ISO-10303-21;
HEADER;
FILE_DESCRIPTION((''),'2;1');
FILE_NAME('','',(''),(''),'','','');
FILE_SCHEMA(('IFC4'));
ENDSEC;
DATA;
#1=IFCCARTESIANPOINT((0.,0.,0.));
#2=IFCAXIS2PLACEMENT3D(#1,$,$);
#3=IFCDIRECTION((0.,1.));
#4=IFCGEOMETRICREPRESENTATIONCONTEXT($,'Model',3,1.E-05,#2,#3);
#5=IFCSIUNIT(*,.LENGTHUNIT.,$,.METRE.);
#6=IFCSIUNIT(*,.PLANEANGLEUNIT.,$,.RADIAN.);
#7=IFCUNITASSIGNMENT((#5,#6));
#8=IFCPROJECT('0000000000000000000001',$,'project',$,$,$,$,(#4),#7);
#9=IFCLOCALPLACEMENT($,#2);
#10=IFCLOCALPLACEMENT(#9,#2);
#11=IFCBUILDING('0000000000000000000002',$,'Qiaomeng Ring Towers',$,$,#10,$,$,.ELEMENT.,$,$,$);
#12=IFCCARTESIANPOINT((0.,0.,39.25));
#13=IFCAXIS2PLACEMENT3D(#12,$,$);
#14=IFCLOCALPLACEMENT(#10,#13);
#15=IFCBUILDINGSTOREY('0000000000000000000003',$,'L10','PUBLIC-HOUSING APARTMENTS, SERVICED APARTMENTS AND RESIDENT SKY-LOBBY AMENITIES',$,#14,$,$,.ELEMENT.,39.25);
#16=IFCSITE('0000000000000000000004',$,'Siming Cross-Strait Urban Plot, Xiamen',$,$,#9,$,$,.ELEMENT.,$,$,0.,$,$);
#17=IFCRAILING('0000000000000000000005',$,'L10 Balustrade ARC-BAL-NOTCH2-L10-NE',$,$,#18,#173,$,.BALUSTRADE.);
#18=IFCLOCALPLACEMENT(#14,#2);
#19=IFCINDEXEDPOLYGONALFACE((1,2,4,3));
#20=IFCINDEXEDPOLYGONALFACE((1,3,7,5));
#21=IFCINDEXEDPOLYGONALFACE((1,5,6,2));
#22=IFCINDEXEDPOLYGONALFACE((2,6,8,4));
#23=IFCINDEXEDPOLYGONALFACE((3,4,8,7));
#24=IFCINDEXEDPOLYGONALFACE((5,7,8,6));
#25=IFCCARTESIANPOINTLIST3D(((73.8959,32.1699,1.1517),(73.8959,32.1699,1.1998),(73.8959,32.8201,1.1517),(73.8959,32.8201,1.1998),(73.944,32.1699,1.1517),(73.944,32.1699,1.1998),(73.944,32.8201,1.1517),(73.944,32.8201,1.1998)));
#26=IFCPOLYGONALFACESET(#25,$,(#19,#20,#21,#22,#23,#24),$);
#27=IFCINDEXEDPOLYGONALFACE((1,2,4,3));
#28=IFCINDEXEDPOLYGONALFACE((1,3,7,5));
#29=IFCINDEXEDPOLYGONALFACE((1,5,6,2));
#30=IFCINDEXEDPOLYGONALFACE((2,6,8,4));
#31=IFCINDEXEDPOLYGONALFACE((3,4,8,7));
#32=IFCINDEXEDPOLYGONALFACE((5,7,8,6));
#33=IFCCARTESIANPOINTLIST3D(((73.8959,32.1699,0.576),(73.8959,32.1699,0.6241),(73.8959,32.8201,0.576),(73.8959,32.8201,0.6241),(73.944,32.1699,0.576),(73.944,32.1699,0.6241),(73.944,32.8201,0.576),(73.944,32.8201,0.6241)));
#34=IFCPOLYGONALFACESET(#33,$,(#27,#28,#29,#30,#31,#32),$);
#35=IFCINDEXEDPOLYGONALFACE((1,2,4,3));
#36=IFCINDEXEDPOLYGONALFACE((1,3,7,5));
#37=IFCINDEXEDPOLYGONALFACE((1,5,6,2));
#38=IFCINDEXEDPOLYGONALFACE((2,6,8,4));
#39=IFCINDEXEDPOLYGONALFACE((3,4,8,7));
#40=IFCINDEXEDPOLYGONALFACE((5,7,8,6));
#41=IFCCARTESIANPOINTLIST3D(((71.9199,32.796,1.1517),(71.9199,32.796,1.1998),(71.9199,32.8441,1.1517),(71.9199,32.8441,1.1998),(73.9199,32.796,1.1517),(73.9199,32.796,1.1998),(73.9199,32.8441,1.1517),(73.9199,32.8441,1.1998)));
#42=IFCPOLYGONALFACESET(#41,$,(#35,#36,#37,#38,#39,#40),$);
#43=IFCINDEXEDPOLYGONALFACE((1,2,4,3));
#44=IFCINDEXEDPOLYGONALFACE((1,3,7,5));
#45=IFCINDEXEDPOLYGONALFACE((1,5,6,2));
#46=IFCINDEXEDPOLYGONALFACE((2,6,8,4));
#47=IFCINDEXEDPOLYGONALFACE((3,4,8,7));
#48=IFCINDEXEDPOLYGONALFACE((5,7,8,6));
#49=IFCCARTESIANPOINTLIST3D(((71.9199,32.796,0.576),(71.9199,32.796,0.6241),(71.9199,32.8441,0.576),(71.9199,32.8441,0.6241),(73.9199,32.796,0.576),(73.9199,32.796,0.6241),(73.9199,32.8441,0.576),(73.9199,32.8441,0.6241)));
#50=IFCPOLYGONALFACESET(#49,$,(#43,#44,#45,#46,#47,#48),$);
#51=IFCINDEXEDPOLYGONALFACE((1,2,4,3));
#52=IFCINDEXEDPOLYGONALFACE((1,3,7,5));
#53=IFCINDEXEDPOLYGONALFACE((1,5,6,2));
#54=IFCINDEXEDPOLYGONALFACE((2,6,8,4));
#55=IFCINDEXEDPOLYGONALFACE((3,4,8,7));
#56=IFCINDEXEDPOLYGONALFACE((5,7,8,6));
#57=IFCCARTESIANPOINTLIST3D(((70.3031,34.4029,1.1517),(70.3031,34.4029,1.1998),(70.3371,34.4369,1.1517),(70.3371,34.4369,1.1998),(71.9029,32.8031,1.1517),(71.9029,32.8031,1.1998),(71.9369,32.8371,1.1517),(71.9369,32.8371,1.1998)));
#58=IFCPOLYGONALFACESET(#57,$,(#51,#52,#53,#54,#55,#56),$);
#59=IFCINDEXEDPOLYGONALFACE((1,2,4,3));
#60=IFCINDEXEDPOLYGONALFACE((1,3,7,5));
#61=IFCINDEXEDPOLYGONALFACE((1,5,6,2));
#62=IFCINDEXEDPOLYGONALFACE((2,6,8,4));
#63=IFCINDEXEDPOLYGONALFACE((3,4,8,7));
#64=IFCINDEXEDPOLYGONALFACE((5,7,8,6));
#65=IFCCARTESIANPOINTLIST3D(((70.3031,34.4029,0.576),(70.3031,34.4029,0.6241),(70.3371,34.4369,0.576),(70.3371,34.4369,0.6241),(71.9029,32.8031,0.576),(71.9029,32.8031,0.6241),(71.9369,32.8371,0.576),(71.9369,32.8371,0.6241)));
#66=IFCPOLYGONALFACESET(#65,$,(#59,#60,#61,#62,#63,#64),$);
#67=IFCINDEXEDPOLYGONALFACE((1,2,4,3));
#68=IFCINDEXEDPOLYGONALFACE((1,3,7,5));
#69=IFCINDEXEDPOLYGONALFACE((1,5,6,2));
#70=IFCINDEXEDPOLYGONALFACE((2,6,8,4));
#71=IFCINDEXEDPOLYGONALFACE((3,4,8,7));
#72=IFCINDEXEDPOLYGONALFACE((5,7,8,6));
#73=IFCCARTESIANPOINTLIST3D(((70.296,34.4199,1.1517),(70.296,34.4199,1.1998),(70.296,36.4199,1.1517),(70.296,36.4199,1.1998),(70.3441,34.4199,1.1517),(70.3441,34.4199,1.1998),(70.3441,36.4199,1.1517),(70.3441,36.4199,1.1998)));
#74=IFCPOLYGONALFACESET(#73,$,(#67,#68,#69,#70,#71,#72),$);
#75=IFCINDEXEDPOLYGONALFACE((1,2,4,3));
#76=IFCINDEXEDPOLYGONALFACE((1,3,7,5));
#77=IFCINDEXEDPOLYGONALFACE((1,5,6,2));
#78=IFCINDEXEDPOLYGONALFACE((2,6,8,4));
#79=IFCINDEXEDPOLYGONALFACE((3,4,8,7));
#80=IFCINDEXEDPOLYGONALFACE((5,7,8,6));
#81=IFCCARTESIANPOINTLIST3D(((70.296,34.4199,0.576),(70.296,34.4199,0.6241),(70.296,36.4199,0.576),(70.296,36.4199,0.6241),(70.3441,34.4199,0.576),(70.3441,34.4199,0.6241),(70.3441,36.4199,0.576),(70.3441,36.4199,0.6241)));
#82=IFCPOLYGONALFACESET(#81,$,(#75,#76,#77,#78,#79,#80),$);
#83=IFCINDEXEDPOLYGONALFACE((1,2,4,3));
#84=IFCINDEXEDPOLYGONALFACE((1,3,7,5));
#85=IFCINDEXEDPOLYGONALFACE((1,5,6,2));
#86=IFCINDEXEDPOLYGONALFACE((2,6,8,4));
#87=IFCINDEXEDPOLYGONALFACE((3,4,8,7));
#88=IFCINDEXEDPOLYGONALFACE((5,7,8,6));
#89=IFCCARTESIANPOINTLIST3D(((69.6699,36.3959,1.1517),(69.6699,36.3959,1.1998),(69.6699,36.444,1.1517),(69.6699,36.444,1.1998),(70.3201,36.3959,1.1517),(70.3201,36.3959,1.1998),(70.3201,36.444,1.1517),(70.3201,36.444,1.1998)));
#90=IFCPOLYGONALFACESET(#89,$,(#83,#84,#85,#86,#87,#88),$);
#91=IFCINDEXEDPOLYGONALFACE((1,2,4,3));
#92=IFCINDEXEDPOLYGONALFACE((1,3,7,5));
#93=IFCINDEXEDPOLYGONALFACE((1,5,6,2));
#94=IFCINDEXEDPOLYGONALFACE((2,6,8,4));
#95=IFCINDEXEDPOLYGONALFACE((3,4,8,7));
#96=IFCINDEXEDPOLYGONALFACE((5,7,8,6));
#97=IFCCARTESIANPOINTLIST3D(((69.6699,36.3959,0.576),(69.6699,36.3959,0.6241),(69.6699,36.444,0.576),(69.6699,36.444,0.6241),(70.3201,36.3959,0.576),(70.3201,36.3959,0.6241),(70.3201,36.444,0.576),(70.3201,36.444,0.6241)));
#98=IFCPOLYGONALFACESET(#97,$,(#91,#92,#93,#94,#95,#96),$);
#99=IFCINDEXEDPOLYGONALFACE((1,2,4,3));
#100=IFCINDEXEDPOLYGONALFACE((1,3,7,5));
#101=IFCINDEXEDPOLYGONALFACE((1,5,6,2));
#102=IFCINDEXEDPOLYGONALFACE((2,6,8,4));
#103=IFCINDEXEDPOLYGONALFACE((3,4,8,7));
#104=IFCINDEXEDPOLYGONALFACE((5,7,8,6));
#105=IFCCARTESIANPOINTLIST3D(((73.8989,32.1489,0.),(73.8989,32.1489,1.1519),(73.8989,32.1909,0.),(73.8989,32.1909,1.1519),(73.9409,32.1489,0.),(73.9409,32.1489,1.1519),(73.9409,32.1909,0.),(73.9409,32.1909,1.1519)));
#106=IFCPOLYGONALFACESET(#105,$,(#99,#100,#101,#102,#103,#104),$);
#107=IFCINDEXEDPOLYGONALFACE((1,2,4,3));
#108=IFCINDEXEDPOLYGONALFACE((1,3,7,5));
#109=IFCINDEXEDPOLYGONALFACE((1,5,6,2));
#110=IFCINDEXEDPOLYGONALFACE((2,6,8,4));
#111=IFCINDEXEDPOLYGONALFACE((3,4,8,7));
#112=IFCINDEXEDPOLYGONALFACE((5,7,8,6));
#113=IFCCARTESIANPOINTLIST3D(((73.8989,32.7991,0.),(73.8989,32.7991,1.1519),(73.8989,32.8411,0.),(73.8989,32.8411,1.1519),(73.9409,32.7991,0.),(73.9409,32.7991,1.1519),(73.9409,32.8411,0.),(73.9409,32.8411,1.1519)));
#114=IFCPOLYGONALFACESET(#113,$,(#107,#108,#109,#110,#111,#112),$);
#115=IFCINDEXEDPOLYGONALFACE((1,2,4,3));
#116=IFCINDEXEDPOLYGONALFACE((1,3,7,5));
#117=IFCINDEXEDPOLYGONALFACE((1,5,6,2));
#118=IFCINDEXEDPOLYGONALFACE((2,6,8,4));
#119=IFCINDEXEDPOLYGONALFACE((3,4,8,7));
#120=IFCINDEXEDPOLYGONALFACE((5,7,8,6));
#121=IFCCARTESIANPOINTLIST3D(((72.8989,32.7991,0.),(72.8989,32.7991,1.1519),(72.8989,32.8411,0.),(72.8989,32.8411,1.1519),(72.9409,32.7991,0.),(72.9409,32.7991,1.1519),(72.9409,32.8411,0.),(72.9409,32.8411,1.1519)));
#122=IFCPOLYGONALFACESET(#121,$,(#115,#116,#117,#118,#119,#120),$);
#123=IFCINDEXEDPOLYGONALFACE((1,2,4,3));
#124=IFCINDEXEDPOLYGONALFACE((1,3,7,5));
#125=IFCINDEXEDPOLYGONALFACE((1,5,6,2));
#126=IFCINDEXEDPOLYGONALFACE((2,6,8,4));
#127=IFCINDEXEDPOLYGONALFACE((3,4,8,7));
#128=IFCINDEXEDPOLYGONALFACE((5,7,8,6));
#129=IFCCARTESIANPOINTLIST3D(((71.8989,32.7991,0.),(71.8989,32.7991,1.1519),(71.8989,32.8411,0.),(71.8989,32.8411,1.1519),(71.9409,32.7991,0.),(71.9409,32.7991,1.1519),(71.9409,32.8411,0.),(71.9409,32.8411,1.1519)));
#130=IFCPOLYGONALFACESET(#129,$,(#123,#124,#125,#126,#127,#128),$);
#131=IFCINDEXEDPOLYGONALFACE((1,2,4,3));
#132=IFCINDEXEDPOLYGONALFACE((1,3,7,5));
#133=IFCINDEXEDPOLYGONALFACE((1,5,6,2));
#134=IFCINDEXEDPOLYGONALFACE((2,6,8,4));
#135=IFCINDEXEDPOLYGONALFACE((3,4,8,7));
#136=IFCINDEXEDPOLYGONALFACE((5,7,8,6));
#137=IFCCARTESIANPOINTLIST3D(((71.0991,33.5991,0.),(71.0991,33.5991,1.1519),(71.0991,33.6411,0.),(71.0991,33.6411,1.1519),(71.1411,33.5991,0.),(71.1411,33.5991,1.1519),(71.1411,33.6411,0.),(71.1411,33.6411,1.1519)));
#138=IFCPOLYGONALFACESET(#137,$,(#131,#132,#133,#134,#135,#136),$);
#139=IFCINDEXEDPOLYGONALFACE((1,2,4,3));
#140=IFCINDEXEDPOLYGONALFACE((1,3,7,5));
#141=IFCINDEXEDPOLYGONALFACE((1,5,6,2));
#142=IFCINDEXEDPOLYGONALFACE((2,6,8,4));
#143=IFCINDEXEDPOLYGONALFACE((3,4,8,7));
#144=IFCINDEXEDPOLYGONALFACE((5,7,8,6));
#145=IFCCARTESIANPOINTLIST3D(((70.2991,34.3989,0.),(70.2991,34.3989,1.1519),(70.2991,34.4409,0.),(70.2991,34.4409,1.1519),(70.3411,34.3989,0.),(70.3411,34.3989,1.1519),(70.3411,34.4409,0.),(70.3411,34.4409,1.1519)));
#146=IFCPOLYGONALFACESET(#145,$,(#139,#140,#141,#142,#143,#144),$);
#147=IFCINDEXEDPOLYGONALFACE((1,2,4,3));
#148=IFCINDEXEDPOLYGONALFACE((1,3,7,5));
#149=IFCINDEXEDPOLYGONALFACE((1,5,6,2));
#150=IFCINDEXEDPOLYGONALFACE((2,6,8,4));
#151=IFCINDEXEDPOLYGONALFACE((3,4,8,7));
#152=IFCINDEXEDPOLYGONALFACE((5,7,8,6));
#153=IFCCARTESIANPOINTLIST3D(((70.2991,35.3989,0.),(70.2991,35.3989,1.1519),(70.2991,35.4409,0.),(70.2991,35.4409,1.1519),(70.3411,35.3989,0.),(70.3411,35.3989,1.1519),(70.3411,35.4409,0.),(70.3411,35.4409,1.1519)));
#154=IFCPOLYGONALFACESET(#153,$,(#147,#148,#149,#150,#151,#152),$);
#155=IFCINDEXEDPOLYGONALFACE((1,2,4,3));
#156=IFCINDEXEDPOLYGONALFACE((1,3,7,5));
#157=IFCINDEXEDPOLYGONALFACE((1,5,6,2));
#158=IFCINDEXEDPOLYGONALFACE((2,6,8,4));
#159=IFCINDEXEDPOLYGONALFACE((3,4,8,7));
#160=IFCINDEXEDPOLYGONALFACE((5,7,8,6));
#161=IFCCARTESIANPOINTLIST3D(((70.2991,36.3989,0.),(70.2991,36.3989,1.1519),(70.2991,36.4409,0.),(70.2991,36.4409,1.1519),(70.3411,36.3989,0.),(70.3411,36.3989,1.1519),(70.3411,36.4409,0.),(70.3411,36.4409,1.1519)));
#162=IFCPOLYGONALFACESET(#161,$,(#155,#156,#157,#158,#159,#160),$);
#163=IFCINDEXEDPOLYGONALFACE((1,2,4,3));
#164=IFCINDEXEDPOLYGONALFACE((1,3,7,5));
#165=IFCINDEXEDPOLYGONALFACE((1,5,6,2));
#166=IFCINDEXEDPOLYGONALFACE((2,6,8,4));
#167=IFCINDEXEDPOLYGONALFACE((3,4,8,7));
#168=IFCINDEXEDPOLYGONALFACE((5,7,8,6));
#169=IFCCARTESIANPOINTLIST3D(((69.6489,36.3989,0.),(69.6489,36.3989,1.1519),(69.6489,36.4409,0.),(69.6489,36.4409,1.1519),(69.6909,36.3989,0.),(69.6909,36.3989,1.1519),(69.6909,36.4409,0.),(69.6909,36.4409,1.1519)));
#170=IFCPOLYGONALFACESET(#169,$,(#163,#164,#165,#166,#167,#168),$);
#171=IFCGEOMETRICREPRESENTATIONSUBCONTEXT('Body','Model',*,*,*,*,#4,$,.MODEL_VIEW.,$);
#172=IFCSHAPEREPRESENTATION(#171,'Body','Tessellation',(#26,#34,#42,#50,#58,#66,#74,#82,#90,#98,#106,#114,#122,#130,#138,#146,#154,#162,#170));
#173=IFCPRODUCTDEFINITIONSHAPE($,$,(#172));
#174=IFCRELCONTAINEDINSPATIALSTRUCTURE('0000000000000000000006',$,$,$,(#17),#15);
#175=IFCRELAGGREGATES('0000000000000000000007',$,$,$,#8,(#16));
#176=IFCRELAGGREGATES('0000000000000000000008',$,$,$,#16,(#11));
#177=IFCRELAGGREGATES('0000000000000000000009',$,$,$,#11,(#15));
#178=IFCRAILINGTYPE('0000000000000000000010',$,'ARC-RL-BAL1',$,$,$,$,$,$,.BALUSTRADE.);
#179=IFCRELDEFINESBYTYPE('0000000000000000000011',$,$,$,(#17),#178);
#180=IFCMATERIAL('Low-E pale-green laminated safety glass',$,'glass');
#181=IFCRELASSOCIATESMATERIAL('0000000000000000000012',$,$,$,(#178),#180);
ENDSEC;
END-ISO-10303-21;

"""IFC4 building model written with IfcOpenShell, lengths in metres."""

from ifc_helpers import new_model, si_unit, direction, frame, origin, origin_2d, place, context, subcontext, project, spatial, rectangle, extrude, material, type_object, element, save


model = new_model("IFC4")

# Units and contexts
model_context = context("Model", 3, precision=1e-05, world=origin(), true_north=direction((0.0, 1.0)))
body_context = subcontext(model_context, "Body", "Model", "MODEL_VIEW")
ifc_project = project(units=[si_unit("LENGTHUNIT", "METRE"), si_unit("PLANEANGLEUNIT", "RADIAN")], contexts=[model_context])

# Site, building, storey
site_placement = place(None, origin())
site = spatial("IfcSite", under=ifc_project, at=site_placement, Name="Siming Cross-Strait Urban Plot, Xiamen", CompositionType="ELEMENT", RefElevation=0.0)
building_placement = place(site_placement, origin())
building = spatial("IfcBuilding", under=site, at=building_placement, Name="Qiaomeng Ring Towers", CompositionType="ELEMENT")
storey_placement = place(building_placement, frame((0.0, 0.0, 39.25)))
storey = spatial("IfcBuildingStorey", under=building, at=storey_placement, Name="L10", Description="PUBLIC-HOUSING APARTMENTS, SERVICED APARTMENTS AND RESIDENT SKY-LOBBY AMENITIES", CompositionType="ELEMENT", Elevation=39.25)

# Railing
ifc_material_1 = material(Name="Low-E pale-green laminated safety glass", Category="glass")
railing_type = type_object("IfcRailingType", Name="ARC-RL-BAL1", PredefinedType="BALUSTRADE", material=ifc_material_1)
railing_1_placement = place(storey_placement, frame((73.9199, 32.1699, 0.0)))
element("IfcRailing", 1, at=railing_1_placement, inside=storey, type_object=railing_type, Name="L10 Balustrade ARC-BAL-NOTCH2-L10-NE", PredefinedType="BALUSTRADE", context=body_context, shape_type="SweptSolid", body=[
    extrude(rectangle(XDim=0.0481, YDim=0.0481, at=origin_2d()), frame((0.0, 0.0, 1.1758), z_axis=(0.0, 1.0, 0.0), x_axis=(-1.0, 0.0, 0.0)), (0.0, 0.0, 1.0), 0.6501),
    extrude(rectangle(XDim=0.0481, YDim=0.0481, at=origin_2d()), frame((0.0, 0.0, 0.6001), z_axis=(0.0, 1.0, 0.0), x_axis=(-1.0, 0.0, 0.0)), (0.0, 0.0, 1.0), 0.6501),
    extrude(rectangle(XDim=0.0481, YDim=0.0481, at=origin_2d()), frame((0.0, 0.6501, 1.1758), z_axis=(-1.0, 0.0, 0.0), x_axis=(0.0, -1.0, 0.0)), (0.0, 0.0, 1.0), 2.0),
    extrude(rectangle(XDim=0.0481, YDim=0.0481, at=origin_2d()), frame((0.0, 0.6501, 0.6001), z_axis=(-1.0, 0.0, 0.0), x_axis=(0.0, -1.0, 0.0)), (0.0, 0.0, 1.0), 2.0),
    extrude(rectangle(XDim=0.0481, YDim=0.0481, at=origin_2d()), frame((-2.0, 0.6501, 1.1758), z_axis=(-0.707107, 0.707107, 0.0), x_axis=(-0.707107, -0.707107, 0.0)), (0.0, 0.0, 1.0), 2.2625),
    extrude(rectangle(XDim=0.0481, YDim=0.0481, at=origin_2d()), frame((-2.0, 0.6501, 0.6001), z_axis=(-0.707107, 0.707107, 0.0), x_axis=(-0.707107, -0.707107, 0.0)), (0.0, 0.0, 1.0), 2.2625),
    extrude(rectangle(XDim=0.0481, YDim=0.0481, at=origin_2d()), frame((-3.5999, 2.25, 1.1758), z_axis=(0.0, 1.0, 0.0), x_axis=(-1.0, 0.0, 0.0)), (0.0, 0.0, 1.0), 2.0),
    extrude(rectangle(XDim=0.0481, YDim=0.0481, at=origin_2d()), frame((-3.5999, 2.25, 0.6001), z_axis=(0.0, 1.0, 0.0), x_axis=(-1.0, 0.0, 0.0)), (0.0, 0.0, 1.0), 2.0),
    extrude(rectangle(XDim=0.0481, YDim=0.0481, at=origin_2d()), frame((-3.5999, 4.25, 1.1758), z_axis=(-1.0, 0.0, 0.0), x_axis=(0.0, -1.0, 0.0)), (0.0, 0.0, 1.0), 0.6501),
    extrude(rectangle(XDim=0.0481, YDim=0.0481, at=origin_2d()), frame((-3.5999, 4.25, 0.6001), z_axis=(-1.0, 0.0, 0.0), x_axis=(0.0, -1.0, 0.0)), (0.0, 0.0, 1.0), 0.6501),
    extrude(rectangle(XDim=0.042, YDim=0.042, at=origin_2d()), origin(), (0.0, 0.0, 1.0), 1.1519),
    extrude(rectangle(XDim=0.042, YDim=0.042, at=origin_2d()), frame((0.0, 0.6501, 0.0)), (0.0, 0.0, 1.0), 1.1519),
    extrude(rectangle(XDim=0.042, YDim=0.042, at=origin_2d()), frame((-1.0, 0.6501, 0.0)), (0.0, 0.0, 1.0), 1.1519),
    extrude(rectangle(XDim=0.042, YDim=0.042, at=origin_2d()), frame((-2.0, 0.6501, 0.0)), (0.0, 0.0, 1.0), 1.1519),
    extrude(rectangle(XDim=0.042, YDim=0.042, at=origin_2d()), frame((-2.7998, 1.4502, 0.0)), (0.0, 0.0, 1.0), 1.1519),
    extrude(rectangle(XDim=0.042, YDim=0.042, at=origin_2d()), frame((-3.5999, 2.25, 0.0)), (0.0, 0.0, 1.0), 1.1519),
    extrude(rectangle(XDim=0.042, YDim=0.042, at=origin_2d()), frame((-3.5999, 3.25, 0.0)), (0.0, 0.0, 1.0), 1.1519),
    extrude(rectangle(XDim=0.042, YDim=0.042, at=origin_2d()), frame((-3.5999, 4.25, 0.0)), (0.0, 0.0, 1.0), 1.1519),
    extrude(rectangle(XDim=0.042, YDim=0.042, at=origin_2d()), frame((-4.25, 4.25, 0.0)), (0.0, 0.0, 1.0), 1.1519),
])

save(model, "model.ifc")
